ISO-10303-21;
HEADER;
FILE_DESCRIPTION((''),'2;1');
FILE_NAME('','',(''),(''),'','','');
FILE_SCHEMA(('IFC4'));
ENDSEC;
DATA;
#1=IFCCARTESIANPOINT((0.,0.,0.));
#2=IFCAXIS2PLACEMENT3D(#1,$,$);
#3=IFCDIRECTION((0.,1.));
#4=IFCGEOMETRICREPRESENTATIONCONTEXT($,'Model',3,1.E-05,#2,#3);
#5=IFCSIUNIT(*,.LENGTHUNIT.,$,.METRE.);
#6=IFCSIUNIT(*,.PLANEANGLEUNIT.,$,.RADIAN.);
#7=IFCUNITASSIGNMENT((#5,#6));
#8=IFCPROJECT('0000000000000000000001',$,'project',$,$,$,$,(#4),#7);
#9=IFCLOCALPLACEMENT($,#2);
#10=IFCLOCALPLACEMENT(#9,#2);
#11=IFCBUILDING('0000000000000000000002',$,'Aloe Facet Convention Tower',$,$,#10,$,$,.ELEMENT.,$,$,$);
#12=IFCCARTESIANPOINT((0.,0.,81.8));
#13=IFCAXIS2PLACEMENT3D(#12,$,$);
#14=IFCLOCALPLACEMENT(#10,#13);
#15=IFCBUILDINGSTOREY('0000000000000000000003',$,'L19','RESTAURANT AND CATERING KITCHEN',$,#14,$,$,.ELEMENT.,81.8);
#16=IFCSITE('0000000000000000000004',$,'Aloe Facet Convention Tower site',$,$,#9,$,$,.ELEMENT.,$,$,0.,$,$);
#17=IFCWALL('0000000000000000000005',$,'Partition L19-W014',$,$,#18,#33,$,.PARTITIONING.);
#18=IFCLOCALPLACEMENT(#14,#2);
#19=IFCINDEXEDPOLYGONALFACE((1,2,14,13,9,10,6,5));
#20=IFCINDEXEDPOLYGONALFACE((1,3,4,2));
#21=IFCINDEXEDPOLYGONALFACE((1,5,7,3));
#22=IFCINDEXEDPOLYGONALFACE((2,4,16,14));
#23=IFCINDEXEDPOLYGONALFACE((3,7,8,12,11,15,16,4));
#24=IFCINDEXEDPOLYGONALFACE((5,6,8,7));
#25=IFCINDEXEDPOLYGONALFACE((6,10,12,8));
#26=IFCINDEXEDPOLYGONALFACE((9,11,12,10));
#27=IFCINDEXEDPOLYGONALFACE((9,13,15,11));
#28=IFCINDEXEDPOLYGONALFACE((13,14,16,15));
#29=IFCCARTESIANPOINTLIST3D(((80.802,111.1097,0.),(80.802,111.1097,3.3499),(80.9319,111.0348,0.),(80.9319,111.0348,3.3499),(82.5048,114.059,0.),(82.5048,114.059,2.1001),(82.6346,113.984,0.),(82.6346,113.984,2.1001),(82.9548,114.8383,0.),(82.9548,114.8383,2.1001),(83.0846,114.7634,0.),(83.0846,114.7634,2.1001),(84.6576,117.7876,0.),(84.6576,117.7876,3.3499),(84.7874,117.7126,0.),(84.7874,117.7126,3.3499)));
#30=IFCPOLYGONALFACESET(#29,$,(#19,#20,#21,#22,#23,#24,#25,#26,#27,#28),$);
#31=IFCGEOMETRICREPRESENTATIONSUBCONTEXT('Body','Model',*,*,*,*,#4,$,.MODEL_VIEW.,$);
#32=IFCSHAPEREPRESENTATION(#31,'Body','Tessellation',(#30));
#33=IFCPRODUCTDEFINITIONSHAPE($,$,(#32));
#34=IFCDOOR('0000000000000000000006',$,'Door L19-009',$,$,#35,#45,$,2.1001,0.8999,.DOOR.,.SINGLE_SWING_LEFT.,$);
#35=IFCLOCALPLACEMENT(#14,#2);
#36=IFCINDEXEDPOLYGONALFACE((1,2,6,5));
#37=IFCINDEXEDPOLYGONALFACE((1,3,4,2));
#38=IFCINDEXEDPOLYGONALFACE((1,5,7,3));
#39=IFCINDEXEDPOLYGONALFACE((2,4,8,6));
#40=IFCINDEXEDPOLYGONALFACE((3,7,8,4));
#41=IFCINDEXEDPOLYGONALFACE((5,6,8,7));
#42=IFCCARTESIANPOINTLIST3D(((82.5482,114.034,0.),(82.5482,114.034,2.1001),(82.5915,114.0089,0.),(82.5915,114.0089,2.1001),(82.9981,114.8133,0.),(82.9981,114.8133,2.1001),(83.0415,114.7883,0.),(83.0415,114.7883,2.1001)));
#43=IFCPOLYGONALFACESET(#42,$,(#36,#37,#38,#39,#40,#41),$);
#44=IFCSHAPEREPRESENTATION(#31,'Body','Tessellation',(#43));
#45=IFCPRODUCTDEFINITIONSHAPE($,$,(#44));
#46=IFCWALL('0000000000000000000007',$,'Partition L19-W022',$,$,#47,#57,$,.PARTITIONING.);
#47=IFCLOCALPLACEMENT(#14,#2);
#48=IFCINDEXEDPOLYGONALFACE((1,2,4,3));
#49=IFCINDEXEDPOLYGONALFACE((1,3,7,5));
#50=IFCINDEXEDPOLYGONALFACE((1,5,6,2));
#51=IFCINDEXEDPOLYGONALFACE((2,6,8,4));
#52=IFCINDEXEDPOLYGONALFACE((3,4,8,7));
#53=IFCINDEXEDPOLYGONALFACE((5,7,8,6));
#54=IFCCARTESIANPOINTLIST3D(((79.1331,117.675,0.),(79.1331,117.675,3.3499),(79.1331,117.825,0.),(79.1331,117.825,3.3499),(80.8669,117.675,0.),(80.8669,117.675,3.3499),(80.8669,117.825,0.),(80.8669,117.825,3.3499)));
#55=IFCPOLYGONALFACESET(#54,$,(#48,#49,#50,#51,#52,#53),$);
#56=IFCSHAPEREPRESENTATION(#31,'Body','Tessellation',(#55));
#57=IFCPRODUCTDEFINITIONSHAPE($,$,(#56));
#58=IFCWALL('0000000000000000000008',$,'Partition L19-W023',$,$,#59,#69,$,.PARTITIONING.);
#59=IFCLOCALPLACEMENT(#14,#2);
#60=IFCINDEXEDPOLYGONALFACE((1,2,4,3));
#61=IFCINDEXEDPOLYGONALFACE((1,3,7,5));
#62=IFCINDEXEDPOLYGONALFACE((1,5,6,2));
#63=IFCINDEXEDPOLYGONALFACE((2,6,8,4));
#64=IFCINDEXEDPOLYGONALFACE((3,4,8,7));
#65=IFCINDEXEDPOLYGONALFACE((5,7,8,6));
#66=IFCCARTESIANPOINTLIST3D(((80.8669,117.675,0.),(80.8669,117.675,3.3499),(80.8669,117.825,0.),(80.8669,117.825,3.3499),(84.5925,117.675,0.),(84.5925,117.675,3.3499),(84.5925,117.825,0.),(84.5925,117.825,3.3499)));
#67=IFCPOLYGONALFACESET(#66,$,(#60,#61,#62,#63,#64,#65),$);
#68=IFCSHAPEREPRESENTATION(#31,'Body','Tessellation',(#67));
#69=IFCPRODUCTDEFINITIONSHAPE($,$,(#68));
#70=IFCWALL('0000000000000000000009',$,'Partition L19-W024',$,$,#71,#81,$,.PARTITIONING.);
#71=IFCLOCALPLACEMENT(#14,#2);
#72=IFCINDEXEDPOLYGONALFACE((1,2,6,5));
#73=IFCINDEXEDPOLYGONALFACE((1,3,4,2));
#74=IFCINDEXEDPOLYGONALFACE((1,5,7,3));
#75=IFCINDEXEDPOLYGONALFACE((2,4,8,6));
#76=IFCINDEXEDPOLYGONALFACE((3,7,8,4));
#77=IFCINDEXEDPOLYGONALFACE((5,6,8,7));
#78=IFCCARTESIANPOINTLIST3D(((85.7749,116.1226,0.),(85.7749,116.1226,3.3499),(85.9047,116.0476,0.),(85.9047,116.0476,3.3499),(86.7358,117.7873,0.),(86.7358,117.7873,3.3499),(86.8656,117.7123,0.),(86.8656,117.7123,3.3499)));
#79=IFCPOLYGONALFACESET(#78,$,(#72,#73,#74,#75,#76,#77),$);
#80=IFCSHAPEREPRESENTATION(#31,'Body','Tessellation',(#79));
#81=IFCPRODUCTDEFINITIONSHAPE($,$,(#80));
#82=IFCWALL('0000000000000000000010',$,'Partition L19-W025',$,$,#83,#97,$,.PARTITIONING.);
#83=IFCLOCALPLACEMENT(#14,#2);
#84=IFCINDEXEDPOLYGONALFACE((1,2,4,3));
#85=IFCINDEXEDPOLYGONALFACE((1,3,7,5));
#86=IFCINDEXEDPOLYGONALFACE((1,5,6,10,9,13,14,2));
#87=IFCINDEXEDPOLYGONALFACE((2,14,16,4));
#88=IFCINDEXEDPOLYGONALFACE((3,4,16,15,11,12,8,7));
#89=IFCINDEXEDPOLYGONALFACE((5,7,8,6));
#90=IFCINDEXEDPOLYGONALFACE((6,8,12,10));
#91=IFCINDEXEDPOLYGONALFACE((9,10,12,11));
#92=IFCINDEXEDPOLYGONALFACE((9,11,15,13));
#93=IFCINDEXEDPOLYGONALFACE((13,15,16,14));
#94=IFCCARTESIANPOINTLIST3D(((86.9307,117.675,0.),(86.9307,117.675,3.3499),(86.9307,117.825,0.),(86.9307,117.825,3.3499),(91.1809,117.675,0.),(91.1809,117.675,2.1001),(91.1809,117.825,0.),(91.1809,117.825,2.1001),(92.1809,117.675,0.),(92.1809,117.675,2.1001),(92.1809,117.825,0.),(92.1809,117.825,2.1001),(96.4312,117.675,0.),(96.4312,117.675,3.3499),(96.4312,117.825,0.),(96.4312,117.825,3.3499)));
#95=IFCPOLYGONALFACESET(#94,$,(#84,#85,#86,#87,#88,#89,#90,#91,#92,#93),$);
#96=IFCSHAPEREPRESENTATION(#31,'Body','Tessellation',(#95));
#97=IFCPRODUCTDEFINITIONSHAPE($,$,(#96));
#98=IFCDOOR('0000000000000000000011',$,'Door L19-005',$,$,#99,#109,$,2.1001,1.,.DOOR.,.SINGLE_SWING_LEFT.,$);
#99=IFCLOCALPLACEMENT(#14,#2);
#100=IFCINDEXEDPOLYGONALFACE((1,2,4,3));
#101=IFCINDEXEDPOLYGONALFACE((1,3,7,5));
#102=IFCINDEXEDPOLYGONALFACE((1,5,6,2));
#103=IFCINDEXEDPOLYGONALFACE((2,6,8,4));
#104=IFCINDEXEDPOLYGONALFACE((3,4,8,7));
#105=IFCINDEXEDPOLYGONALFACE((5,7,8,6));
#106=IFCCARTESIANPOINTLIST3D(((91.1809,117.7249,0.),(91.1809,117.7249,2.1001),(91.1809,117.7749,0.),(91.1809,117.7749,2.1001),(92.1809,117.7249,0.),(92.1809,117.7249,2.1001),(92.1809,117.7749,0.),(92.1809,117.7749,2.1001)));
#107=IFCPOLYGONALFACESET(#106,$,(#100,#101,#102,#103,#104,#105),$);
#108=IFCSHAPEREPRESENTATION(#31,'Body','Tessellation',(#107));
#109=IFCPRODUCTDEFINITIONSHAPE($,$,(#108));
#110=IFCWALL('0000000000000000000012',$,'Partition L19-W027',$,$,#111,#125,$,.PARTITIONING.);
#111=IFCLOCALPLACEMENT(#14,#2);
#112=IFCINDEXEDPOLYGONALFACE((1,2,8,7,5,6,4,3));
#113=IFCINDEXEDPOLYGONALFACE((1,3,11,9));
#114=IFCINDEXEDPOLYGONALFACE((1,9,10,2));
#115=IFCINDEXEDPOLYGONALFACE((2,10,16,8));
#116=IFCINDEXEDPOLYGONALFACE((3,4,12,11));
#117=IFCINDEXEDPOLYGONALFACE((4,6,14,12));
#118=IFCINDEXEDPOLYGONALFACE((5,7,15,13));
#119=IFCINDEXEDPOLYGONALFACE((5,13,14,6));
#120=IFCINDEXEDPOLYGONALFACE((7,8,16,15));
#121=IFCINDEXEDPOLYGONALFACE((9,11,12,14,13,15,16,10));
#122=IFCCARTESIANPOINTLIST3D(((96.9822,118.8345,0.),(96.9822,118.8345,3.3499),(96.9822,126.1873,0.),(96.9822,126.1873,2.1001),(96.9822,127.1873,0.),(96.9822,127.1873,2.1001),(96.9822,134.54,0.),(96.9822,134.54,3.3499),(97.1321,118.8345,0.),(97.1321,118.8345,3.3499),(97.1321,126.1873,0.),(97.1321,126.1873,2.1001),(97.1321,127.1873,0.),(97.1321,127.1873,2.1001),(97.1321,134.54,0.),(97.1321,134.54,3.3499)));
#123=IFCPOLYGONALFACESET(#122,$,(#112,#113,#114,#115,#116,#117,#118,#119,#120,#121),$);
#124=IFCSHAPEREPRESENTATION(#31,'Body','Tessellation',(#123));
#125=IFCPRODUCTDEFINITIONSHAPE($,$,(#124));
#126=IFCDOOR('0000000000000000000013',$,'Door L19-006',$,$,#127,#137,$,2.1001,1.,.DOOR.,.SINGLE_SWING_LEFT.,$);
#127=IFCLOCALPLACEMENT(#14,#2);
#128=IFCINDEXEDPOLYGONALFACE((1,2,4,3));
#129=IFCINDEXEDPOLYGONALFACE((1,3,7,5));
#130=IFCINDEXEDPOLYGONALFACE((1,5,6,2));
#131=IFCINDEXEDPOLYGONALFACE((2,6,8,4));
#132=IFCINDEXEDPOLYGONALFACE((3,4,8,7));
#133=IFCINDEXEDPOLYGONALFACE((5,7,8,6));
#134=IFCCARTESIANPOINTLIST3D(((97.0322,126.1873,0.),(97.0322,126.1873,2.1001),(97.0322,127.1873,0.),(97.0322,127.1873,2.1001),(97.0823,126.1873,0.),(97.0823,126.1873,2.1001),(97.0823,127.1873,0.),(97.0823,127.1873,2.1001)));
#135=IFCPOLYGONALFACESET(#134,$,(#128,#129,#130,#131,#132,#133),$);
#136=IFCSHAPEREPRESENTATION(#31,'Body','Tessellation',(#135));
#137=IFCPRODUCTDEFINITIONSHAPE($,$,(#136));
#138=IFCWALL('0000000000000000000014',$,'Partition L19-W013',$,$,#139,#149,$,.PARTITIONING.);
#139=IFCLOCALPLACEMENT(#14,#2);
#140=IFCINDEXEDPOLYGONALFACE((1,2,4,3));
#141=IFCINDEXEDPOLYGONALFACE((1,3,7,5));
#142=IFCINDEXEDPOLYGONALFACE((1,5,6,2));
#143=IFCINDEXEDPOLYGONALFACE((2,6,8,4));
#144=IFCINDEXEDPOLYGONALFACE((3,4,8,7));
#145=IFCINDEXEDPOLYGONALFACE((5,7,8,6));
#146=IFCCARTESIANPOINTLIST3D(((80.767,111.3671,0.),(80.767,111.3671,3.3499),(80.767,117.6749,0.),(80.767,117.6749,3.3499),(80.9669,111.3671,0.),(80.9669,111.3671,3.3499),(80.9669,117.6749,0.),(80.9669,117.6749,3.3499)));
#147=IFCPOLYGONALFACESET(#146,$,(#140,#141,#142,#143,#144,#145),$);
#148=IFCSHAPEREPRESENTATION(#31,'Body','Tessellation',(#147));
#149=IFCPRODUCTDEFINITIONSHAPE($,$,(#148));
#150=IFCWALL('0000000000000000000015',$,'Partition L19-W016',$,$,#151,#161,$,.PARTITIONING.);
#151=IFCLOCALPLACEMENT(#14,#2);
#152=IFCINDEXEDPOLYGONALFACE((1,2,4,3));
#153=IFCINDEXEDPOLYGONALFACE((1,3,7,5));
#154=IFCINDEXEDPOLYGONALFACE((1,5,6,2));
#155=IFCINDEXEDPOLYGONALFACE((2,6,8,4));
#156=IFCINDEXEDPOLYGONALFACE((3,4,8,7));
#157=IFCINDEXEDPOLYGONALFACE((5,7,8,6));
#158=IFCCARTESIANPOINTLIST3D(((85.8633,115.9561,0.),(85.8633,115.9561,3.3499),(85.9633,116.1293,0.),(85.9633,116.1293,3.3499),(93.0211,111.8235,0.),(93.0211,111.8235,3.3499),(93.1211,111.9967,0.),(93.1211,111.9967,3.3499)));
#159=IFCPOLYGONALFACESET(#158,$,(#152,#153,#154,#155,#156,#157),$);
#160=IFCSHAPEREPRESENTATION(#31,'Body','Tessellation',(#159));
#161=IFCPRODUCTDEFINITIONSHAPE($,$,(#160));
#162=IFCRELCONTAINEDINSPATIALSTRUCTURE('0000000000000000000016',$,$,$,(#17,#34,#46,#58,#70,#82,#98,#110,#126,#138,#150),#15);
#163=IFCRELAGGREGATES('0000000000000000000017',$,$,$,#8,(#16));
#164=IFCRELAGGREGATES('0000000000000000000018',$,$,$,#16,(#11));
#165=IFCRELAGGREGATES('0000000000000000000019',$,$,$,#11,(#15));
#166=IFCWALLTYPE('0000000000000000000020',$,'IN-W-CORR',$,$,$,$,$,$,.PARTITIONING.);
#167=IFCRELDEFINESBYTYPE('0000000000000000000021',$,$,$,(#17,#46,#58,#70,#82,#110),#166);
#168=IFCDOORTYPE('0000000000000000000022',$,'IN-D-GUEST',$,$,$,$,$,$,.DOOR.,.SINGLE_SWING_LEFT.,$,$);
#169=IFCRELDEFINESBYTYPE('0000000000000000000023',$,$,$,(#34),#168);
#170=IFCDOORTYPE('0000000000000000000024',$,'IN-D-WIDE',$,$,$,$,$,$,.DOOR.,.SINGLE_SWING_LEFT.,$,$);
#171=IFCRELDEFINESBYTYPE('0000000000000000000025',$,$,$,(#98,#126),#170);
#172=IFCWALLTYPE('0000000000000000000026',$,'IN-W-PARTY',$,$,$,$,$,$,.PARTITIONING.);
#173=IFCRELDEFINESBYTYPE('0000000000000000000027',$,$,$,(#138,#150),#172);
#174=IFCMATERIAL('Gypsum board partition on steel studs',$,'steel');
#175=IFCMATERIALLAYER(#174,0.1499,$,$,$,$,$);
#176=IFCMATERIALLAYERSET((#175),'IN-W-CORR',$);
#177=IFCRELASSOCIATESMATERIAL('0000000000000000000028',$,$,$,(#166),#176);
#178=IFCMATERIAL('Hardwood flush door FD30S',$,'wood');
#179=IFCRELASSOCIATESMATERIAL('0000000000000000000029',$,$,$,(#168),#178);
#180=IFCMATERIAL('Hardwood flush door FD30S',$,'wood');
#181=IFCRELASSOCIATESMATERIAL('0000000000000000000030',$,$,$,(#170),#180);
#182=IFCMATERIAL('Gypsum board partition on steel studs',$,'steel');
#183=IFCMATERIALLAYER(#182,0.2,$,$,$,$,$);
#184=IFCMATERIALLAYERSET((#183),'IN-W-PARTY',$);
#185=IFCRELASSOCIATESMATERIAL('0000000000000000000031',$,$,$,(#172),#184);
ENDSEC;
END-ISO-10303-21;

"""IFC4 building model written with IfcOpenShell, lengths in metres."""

from ifc_helpers import new_model, si_unit, direction, frame, frame_2d, origin, place, context, subcontext, project, spatial, rectangle, extrude, material, layer, layer_set, type_object, element, fill, save


model = new_model("IFC4")

# Units and contexts
model_context = context("Model", 3, precision=1e-05, world=origin(), true_north=direction((0.0, 1.0)))
body_context = subcontext(model_context, "Body", "Model", "MODEL_VIEW")
ifc_project = project(units=[si_unit("LENGTHUNIT", "METRE"), si_unit("PLANEANGLEUNIT", "RADIAN")], contexts=[model_context])

# Site, building, storey
site_placement = place(None, origin())
site = spatial("IfcSite", under=ifc_project, at=site_placement, Name="Aloe Facet Convention Tower site", CompositionType="ELEMENT", RefElevation=0.0)
building_placement = place(site_placement, origin())
building = spatial("IfcBuilding", under=site, at=building_placement, Name="Aloe Facet Convention Tower", CompositionType="ELEMENT")
storey_placement = place(building_placement, frame((0.0, 0.0, 81.8)))
storey = spatial("IfcBuildingStorey", under=building, at=storey_placement, Name="L19", Description="RESTAURANT AND CATERING KITCHEN", CompositionType="ELEMENT", Elevation=81.8)

# Wall, opening, door
ifc_material_1 = material(Name="Gypsum board partition on steel studs", Category="steel")
ifc_layer_1 = layer(ifc_material_1, 0.1499)
ifc_layer_set_1 = layer_set([ifc_layer_1], Name="IN-W-CORR")
wall_type_1 = type_object("IfcWallType", Name="IN-W-CORR", PredefinedType="PARTITIONING", material=ifc_layer_set_1)
wall_1_placement = place(storey_placement, frame((80.8669, 111.0723, 0.0), z_axis=(0.0, 0.0, 1.0), x_axis=(0.500007, 0.866021, 0.0)))
wall_1 = element("IfcWall", 1, at=wall_1_placement, inside=storey, type_object=wall_type_1, Name="Partition L19-W014", PredefinedType="PARTITIONING", context=body_context, shape_type="SweptSolid", body=[
    extrude(rectangle(XDim=7.7109, YDim=0.1499, at=frame_2d((3.8555, 0.0))), origin(), (0.0, 0.0, 1.0), 3.3499),
])
opening_1_placement = place(wall_1_placement, frame((3.4055, 0.0, 0.0)))
opening_1 = element("IfcOpeningElement", 2, at=opening_1_placement, cuts=wall_1, PredefinedType="OPENING", context=body_context, shape_type="SweptSolid", body=[
    extrude(rectangle(XDim=0.8999, YDim=2.1001, at=frame_2d((0.45, 1.05))), frame((0.0, 0.085, 0.0), z_axis=(0.0, -1.0, 0.0), x_axis=(1.0, 0.0, 0.0)), (0.0, 0.0, 1.0), 0.1699),
])
ifc_material_2 = material(Name="Hardwood flush door FD30S", Category="wood")
door_type_1 = type_object("IfcDoorType", Name="IN-D-GUEST", OperationType="SINGLE_SWING_LEFT", PredefinedType="DOOR", material=ifc_material_2)
door_1_placement = place(opening_1_placement, origin())
door_1 = element("IfcDoor", 3, at=door_1_placement, inside=storey, type_object=door_type_1, Name="Door L19-009", OperationType="SINGLE_SWING_LEFT", OverallHeight=2.1001, OverallWidth=0.8999, PredefinedType="DOOR", context=body_context, shape_type="SweptSolid", body=[
    extrude(rectangle(XDim=0.8999, YDim=2.1001, at=frame_2d((0.45, 1.05))), frame((0.0, 0.0249, 0.0), z_axis=(0.0, -1.0, 0.0), x_axis=(1.0, 0.0, 0.0)), (0.0, 0.0, 1.0), 0.05),
])
fill(opening_1, door_1)

# Walls
wall_2_placement = place(storey_placement, frame((79.1331, 117.75, 0.0), z_axis=(0.0, 0.0, 1.0), x_axis=(1.0, 0.0, 0.0)))
element("IfcWall", 4, at=wall_2_placement, inside=storey, type_object=wall_type_1, Name="Partition L19-W022", PredefinedType="PARTITIONING", context=body_context, shape_type="SweptSolid", body=[
    extrude(rectangle(XDim=1.7339, YDim=0.1499, at=frame_2d((0.8669, 0.0))), origin(), (0.0, 0.0, 1.0), 3.3499),
])
wall_3_placement = place(storey_placement, frame((80.8669, 117.75, 0.0), z_axis=(0.0, 0.0, 1.0), x_axis=(1.0, 0.0, 0.0)))
element("IfcWall", 5, at=wall_3_placement, inside=storey, type_object=wall_type_1, Name="Partition L19-W023", PredefinedType="PARTITIONING", context=body_context, shape_type="SweptSolid", body=[
    extrude(rectangle(XDim=3.7256, YDim=0.1499, at=frame_2d((1.8628, 0.0))), origin(), (0.0, 0.0, 1.0), 3.3499),
])
wall_4_placement = place(storey_placement, frame((85.8398, 116.0852, 0.0), z_axis=(0.0, 0.0, 1.0), x_axis=(0.499909, 0.866078, 0.0)))
element("IfcWall", 6, at=wall_4_placement, inside=storey, type_object=wall_type_1, Name="Partition L19-W024", PredefinedType="PARTITIONING", context=body_context, shape_type="SweptSolid", body=[
    extrude(rectangle(XDim=1.9221, YDim=0.1499, at=frame_2d((0.9609, 0.0))), origin(), (0.0, 0.0, 1.0), 3.3499),
])

# Walls, openings, doors
wall_5_placement = place(storey_placement, frame((86.9307, 117.75, 0.0), z_axis=(0.0, 0.0, 1.0), x_axis=(1.0, 0.0, 0.0)))
wall_5 = element("IfcWall", 7, at=wall_5_placement, inside=storey, type_object=wall_type_1, Name="Partition L19-W025", PredefinedType="PARTITIONING", context=body_context, shape_type="SweptSolid", body=[
    extrude(rectangle(XDim=9.5005, YDim=0.1499, at=frame_2d((4.7502, 0.0))), origin(), (0.0, 0.0, 1.0), 3.3499),
])
opening_2_placement = place(wall_5_placement, frame((4.2502, 0.0, 0.0)))
opening_2 = element("IfcOpeningElement", 8, at=opening_2_placement, cuts=wall_5, PredefinedType="OPENING", context=body_context, shape_type="SweptSolid", body=[
    extrude(rectangle(XDim=1.0, YDim=2.1001, at=frame_2d((0.5, 1.05))), frame((0.0, 0.085, 0.0), z_axis=(0.0, -1.0, 0.0), x_axis=(1.0, 0.0, 0.0)), (0.0, 0.0, 1.0), 0.1699),
])
ifc_material_3 = material(Name="Hardwood flush door FD30S", Category="wood")
door_type_2 = type_object("IfcDoorType", Name="IN-D-WIDE", OperationType="SINGLE_SWING_LEFT", PredefinedType="DOOR", material=ifc_material_3)
door_2_placement = place(opening_2_placement, origin())
door_2 = element("IfcDoor", 9, at=door_2_placement, inside=storey, type_object=door_type_2, Name="Door L19-005", OperationType="SINGLE_SWING_LEFT", OverallHeight=2.1001, OverallWidth=1.0, PredefinedType="DOOR", context=body_context, shape_type="SweptSolid", body=[
    extrude(rectangle(XDim=1.0, YDim=2.1001, at=frame_2d((0.5, 1.05))), frame((0.0, 0.0249, 0.0), z_axis=(0.0, -1.0, 0.0), x_axis=(1.0, 0.0, 0.0)), (0.0, 0.0, 1.0), 0.05),
])
fill(opening_2, door_2)
wall_6_placement = place(storey_placement, frame((97.0571, 118.8345, 0.0), z_axis=(0.0, 0.0, 1.0), x_axis=(0.0, 1.0, 0.0)))
wall_6 = element("IfcWall", 10, at=wall_6_placement, inside=storey, type_object=wall_type_1, Name="Partition L19-W027", PredefinedType="PARTITIONING", context=body_context, shape_type="SweptSolid", body=[
    extrude(rectangle(XDim=15.7056, YDim=0.1499, at=frame_2d((7.8528, 0.0))), origin(), (0.0, 0.0, 1.0), 3.3499),
])
opening_3_placement = place(wall_6_placement, frame((7.3528, 0.0, 0.0)))
opening_3 = element("IfcOpeningElement", 11, at=opening_3_placement, cuts=wall_6, PredefinedType="OPENING", context=body_context, shape_type="SweptSolid", body=[
    extrude(rectangle(XDim=1.0, YDim=2.1001, at=frame_2d((0.5, 1.05))), frame((0.0, 0.085, 0.0), z_axis=(0.0, -1.0, 0.0), x_axis=(1.0, 0.0, 0.0)), (0.0, 0.0, 1.0), 0.1699),
])
door_3_placement = place(opening_3_placement, origin())
door_3 = element("IfcDoor", 12, at=door_3_placement, inside=storey, type_object=door_type_2, Name="Door L19-006", OperationType="SINGLE_SWING_LEFT", OverallHeight=2.1001, OverallWidth=1.0, PredefinedType="DOOR", context=body_context, shape_type="SweptSolid", body=[
    extrude(rectangle(XDim=1.0, YDim=2.1001, at=frame_2d((0.5, 1.05))), frame((0.0, 0.0249, 0.0), z_axis=(0.0, -1.0, 0.0), x_axis=(1.0, 0.0, 0.0)), (0.0, 0.0, 1.0), 0.05),
])
fill(opening_3, door_3)

# Walls
ifc_material_4 = material(Name="Gypsum board partition on steel studs", Category="steel")
ifc_layer_2 = layer(ifc_material_4, 0.2)
ifc_layer_set_2 = layer_set([ifc_layer_2], Name="IN-W-PARTY")
wall_type_2 = type_object("IfcWallType", Name="IN-W-PARTY", PredefinedType="PARTITIONING", material=ifc_layer_set_2)
wall_7_placement = place(storey_placement, frame((80.8669, 111.3672, 0.0), z_axis=(0.0, 0.0, 1.0), x_axis=(0.0, 1.0, 0.0)))
element("IfcWall", 13, at=wall_7_placement, inside=storey, type_object=wall_type_2, Name="Partition L19-W013", PredefinedType="PARTITIONING", context=body_context, shape_type="SweptSolid", body=[
    extrude(rectangle(XDim=6.3079, YDim=0.2, at=frame_2d((3.1538, 0.0))), origin(), (0.0, 0.0, 1.0), 3.3499),
])
wall_8_placement = place(storey_placement, frame((85.9133, 116.0427, 0.0), z_axis=(0.0, 0.0, 1.0), x_axis=(0.866022, -0.500005, 0.0)))
element("IfcWall", 14, at=wall_8_placement, inside=storey, type_object=wall_type_2, Name="Partition L19-W016", PredefinedType="PARTITIONING", context=body_context, shape_type="SweptSolid", body=[
    extrude(rectangle(XDim=8.2651, YDim=0.2, at=frame_2d((4.1326, 0.0))), origin(), (0.0, 0.0, 1.0), 3.3499),
])

save(model, "model.ifc")
